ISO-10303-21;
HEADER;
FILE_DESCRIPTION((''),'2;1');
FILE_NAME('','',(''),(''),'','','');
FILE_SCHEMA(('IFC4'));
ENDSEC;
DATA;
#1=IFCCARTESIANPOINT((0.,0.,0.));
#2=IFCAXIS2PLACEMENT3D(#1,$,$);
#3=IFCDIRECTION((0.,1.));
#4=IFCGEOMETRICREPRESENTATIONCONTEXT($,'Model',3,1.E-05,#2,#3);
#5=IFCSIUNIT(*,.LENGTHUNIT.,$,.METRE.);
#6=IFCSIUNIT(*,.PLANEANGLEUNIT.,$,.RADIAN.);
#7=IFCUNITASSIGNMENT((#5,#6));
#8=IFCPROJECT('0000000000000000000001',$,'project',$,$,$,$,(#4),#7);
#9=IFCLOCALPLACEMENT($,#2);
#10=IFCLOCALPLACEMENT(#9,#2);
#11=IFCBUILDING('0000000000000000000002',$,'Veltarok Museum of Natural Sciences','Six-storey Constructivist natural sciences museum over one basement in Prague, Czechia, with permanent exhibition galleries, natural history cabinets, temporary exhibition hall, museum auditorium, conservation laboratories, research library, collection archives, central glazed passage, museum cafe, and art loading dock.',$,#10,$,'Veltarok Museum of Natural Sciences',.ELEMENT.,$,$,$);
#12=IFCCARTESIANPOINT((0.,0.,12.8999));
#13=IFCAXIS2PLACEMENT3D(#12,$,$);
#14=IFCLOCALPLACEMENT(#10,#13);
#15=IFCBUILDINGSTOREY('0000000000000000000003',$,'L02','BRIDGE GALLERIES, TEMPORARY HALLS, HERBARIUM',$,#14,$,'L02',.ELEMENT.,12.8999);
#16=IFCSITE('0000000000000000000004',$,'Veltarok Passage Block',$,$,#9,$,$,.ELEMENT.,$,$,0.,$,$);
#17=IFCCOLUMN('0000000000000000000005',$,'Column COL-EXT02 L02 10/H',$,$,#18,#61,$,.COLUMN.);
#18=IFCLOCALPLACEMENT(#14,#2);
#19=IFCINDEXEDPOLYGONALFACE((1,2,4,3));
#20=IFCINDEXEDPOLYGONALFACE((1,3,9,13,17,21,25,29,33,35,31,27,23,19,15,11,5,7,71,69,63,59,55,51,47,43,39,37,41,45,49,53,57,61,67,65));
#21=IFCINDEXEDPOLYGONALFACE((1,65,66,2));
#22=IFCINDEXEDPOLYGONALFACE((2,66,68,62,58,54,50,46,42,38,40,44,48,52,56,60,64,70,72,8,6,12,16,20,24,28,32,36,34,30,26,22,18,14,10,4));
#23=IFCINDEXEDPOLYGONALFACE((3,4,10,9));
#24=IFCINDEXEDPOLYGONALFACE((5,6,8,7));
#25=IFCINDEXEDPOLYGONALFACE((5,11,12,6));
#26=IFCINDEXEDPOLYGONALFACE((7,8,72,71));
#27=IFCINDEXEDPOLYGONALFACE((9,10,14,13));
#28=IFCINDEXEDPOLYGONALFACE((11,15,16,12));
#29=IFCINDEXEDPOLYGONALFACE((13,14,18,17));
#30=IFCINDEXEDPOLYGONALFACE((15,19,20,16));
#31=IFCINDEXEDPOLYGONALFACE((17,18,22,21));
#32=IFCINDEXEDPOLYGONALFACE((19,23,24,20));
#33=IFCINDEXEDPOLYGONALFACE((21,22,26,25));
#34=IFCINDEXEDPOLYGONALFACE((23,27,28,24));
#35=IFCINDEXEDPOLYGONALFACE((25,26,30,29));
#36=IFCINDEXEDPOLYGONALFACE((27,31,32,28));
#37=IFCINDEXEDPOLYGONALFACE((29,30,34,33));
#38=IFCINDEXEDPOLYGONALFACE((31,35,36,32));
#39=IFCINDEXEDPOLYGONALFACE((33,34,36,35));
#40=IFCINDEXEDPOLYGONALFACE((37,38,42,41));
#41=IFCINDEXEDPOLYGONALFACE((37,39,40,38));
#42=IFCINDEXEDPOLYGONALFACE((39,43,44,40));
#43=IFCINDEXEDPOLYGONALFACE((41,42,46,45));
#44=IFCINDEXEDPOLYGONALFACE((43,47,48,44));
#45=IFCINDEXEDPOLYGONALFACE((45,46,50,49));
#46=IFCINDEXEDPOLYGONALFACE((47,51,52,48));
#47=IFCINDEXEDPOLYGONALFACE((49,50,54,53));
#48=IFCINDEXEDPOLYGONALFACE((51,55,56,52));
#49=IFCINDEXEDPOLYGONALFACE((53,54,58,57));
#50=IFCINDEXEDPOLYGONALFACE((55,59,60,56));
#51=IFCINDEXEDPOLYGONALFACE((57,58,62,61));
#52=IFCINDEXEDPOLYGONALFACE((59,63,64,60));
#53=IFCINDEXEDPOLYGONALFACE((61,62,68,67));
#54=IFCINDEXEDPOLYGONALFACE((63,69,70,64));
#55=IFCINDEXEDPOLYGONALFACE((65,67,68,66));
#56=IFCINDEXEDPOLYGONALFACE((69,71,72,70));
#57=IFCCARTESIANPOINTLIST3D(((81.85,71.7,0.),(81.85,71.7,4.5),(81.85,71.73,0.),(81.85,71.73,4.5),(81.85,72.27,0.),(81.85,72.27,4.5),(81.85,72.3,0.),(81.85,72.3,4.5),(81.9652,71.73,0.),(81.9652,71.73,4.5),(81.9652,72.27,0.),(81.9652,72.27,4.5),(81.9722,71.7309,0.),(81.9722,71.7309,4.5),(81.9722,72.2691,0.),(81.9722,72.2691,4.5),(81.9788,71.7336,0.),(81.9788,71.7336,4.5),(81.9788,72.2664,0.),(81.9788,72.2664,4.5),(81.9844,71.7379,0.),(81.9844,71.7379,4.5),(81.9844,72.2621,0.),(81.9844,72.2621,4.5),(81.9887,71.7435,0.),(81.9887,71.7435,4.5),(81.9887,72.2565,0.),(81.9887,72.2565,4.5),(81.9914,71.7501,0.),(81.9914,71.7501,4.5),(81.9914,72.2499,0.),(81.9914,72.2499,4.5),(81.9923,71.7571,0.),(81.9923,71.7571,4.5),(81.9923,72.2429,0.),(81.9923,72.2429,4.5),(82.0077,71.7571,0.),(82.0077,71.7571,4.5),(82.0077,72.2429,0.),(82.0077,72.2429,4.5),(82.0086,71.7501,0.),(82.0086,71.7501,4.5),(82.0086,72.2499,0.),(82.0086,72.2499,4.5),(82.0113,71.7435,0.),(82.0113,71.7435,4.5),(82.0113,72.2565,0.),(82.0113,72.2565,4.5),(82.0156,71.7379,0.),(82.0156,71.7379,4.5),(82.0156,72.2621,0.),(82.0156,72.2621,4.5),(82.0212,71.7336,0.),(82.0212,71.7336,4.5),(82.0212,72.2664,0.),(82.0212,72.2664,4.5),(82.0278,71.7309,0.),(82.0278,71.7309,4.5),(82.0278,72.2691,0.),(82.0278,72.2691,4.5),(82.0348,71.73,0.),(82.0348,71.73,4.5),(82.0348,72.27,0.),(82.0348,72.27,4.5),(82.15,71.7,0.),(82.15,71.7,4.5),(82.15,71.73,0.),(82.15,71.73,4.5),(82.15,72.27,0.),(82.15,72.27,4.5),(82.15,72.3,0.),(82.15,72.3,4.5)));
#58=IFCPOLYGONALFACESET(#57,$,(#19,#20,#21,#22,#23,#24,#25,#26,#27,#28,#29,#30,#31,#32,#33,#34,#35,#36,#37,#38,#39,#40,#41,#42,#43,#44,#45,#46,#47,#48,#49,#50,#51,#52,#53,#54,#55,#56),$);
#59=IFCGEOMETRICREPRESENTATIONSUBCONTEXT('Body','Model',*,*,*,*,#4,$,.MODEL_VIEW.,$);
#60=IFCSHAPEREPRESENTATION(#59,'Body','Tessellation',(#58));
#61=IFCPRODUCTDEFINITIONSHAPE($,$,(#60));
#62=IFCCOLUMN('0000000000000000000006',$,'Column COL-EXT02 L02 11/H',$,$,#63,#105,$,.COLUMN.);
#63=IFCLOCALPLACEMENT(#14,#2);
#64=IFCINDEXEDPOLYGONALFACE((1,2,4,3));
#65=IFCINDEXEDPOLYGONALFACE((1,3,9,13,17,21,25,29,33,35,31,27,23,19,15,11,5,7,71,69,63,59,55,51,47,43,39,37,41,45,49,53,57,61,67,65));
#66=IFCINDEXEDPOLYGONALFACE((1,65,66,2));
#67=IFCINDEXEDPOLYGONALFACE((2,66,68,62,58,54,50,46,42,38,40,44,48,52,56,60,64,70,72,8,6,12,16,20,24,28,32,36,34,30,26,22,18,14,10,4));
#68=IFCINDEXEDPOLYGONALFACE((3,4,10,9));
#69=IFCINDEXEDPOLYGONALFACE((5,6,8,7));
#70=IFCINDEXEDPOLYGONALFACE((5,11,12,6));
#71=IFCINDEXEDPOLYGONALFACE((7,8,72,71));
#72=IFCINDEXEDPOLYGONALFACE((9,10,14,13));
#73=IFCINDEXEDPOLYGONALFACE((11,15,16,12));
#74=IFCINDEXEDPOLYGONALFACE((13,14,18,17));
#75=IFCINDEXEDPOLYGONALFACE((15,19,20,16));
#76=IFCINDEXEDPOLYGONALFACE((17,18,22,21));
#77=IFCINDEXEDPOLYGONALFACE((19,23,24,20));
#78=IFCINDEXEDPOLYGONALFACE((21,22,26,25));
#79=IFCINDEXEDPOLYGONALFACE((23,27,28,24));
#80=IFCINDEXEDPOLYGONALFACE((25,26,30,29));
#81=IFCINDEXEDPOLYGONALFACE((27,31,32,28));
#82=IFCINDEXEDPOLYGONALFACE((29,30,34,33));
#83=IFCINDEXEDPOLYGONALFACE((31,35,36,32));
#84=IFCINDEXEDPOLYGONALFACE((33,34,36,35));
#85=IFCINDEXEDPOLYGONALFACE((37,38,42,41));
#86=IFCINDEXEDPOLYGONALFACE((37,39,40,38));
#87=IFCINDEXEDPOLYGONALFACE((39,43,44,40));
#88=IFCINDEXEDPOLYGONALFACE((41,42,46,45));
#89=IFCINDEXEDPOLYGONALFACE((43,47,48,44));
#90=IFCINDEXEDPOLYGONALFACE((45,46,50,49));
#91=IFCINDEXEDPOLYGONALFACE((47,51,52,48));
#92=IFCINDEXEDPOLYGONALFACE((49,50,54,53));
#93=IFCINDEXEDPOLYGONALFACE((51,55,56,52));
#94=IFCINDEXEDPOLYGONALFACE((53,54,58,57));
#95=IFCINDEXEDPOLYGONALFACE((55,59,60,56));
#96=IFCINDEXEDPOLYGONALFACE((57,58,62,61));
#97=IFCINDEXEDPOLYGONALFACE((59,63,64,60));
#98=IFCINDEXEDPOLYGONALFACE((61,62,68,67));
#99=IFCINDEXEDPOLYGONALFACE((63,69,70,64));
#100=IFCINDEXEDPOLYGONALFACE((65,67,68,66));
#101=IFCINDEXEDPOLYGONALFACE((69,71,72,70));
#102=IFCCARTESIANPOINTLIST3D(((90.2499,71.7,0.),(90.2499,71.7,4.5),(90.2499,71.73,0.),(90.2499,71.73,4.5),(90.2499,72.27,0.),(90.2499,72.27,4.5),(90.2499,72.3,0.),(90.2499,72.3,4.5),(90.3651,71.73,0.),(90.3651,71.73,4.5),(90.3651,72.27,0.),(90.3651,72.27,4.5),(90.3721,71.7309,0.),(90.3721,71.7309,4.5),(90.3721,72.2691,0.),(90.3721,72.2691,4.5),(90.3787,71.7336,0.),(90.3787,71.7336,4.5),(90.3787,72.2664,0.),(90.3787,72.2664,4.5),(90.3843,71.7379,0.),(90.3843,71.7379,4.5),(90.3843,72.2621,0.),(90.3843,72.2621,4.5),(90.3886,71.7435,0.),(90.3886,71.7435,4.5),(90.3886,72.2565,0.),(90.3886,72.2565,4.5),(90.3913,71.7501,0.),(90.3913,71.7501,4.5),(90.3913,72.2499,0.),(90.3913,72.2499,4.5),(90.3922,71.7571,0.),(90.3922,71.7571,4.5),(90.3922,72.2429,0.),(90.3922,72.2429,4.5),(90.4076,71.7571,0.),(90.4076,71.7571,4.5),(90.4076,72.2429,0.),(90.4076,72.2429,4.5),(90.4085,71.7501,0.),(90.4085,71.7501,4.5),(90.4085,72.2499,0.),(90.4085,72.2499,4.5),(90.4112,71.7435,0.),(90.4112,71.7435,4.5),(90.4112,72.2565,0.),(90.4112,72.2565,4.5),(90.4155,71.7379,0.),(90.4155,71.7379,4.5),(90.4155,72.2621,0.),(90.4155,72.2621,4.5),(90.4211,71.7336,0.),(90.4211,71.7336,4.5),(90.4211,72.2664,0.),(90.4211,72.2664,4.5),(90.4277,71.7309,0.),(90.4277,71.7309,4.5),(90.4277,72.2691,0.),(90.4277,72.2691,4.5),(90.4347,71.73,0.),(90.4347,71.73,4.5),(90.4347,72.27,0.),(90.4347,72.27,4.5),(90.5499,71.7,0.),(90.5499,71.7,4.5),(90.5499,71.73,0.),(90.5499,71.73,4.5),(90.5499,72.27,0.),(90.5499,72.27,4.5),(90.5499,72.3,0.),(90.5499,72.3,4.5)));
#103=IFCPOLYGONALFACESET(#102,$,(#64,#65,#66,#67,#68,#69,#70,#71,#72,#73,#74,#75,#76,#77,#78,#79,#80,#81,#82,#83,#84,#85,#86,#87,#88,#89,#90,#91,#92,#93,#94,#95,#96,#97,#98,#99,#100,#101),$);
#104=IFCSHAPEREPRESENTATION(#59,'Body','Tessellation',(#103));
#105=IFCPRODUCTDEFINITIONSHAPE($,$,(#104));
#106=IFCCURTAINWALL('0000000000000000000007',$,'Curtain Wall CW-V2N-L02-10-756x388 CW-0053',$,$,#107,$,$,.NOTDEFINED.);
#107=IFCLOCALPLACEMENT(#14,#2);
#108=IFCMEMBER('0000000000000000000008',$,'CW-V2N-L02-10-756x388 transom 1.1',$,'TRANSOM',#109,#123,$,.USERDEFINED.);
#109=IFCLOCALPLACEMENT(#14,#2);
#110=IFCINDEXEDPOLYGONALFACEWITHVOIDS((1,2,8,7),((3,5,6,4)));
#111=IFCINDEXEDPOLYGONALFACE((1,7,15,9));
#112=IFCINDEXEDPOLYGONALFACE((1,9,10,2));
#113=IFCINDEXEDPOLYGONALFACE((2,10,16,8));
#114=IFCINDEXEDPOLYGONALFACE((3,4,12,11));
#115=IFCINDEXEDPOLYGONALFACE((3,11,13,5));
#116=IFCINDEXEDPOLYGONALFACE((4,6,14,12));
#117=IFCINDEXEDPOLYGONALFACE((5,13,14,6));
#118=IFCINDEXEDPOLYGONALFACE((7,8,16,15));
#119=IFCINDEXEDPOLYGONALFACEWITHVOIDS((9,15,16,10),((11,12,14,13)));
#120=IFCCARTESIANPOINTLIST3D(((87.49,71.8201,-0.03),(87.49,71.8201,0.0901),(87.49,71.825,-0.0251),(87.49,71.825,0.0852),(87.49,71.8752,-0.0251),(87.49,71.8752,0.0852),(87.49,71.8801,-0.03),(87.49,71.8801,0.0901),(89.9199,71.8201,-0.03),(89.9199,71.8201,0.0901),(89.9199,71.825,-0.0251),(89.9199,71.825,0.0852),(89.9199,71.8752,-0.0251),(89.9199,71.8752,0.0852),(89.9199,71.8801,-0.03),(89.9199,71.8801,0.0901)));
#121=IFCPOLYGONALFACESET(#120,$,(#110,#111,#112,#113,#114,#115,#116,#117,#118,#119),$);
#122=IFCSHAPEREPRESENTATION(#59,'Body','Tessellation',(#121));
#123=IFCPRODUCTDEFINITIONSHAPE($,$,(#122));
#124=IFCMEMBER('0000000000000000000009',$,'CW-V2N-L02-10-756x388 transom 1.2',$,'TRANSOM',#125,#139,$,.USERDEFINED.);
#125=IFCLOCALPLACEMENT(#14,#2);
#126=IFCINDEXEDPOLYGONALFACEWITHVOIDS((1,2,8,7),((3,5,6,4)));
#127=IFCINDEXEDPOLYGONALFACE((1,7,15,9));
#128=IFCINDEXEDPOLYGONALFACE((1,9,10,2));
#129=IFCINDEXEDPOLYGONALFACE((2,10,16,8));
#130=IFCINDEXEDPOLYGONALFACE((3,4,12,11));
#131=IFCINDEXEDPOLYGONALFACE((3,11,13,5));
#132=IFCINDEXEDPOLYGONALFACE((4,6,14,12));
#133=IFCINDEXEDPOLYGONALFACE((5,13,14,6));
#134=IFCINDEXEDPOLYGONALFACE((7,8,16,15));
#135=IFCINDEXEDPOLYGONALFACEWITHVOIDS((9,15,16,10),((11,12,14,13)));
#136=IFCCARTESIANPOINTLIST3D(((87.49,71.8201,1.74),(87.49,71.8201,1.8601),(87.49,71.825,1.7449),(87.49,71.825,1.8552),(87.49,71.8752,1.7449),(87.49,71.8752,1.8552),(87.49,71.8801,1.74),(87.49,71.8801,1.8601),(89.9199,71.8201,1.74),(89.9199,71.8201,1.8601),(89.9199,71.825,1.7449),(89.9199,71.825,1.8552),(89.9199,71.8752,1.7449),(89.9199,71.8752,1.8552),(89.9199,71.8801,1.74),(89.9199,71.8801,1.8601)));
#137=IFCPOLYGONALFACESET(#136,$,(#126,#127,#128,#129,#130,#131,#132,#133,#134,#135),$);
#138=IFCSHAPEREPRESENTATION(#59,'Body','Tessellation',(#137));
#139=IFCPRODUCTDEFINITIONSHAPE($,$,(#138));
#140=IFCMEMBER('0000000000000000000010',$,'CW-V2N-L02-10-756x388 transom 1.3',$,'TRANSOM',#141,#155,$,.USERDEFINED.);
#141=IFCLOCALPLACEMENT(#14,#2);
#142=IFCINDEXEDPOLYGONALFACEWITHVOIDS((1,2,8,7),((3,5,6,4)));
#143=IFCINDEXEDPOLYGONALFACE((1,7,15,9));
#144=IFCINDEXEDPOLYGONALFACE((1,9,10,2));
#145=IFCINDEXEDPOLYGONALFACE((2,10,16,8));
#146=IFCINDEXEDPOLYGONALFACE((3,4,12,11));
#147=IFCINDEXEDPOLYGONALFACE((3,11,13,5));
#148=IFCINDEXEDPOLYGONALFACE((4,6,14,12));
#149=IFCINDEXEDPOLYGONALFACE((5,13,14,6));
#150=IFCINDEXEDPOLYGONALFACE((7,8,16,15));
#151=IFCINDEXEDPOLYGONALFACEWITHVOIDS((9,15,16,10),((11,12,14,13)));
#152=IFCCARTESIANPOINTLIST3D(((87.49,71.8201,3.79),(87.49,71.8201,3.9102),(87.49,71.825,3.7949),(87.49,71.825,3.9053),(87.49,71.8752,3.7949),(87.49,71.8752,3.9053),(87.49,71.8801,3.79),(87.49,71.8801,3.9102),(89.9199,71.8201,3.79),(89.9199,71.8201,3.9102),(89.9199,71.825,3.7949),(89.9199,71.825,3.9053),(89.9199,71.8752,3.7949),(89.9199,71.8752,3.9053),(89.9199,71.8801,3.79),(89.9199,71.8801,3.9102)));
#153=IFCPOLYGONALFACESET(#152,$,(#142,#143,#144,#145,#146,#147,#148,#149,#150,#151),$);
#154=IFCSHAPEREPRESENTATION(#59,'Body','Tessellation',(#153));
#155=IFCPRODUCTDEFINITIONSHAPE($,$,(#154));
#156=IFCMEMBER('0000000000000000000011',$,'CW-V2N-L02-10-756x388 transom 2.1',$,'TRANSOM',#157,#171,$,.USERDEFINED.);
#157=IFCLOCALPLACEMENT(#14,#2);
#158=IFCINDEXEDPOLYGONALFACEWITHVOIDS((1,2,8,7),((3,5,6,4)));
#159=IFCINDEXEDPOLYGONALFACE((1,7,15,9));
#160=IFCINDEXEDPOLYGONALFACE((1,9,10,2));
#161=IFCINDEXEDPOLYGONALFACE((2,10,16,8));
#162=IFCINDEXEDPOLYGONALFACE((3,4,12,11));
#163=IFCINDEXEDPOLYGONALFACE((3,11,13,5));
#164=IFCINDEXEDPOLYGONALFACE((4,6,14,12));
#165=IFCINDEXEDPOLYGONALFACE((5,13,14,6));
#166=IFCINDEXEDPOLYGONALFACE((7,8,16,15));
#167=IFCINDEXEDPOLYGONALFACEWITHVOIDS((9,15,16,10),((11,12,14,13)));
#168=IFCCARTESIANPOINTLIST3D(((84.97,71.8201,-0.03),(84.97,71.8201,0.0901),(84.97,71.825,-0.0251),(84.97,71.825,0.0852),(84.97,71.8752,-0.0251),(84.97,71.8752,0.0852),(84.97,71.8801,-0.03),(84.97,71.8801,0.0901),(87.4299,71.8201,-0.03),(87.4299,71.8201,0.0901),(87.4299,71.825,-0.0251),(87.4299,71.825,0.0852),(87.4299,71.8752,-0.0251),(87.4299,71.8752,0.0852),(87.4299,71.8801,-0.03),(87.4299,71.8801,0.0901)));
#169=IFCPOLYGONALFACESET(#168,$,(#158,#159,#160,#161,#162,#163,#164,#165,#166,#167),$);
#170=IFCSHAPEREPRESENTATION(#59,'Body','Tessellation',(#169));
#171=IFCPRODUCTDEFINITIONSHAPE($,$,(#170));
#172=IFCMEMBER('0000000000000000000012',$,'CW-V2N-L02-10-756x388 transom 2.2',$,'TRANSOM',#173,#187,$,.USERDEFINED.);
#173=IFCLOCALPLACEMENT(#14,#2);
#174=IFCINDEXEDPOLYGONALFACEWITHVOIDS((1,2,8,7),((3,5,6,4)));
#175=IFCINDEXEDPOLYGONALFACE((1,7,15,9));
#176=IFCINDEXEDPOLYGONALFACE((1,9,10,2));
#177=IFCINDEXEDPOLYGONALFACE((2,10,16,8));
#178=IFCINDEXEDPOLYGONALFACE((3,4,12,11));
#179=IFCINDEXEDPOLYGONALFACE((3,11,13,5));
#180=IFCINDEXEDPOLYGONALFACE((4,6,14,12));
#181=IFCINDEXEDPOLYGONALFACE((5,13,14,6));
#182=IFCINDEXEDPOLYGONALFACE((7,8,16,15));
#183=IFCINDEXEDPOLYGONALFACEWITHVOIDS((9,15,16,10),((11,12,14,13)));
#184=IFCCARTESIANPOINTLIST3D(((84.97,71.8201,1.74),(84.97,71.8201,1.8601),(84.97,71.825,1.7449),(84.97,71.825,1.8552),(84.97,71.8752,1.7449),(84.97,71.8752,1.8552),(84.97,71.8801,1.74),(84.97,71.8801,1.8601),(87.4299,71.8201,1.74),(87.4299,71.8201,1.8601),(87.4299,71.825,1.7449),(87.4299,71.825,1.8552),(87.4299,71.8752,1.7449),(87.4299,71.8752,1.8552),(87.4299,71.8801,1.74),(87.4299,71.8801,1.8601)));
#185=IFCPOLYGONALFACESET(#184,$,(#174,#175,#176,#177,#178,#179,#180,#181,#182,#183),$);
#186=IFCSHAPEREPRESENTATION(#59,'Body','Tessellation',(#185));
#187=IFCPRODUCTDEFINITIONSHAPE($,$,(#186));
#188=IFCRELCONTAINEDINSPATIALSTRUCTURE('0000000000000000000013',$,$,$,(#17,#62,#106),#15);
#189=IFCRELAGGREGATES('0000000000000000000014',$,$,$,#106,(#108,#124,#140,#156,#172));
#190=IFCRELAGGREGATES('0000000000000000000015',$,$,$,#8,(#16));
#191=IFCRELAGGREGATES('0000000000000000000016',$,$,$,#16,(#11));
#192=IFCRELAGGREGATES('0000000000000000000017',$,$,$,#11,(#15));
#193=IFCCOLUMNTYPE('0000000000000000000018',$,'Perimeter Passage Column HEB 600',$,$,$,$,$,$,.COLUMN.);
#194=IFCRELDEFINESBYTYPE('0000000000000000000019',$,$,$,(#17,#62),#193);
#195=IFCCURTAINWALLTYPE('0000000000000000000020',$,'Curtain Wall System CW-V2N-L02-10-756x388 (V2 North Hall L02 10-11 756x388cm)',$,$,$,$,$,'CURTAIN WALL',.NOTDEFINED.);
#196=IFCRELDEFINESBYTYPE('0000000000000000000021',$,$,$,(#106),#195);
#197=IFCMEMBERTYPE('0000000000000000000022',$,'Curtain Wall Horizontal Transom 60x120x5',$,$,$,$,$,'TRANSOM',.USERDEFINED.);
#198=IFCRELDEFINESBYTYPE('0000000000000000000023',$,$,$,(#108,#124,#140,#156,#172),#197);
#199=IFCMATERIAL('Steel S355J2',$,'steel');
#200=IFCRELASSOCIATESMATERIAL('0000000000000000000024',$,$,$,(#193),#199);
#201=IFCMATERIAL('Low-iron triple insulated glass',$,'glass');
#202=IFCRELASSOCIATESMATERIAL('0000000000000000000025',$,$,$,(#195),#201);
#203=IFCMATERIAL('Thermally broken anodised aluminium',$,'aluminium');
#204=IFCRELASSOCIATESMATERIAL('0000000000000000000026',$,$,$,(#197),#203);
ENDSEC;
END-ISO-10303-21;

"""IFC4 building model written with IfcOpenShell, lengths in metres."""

from ifc_helpers import new_model, si_unit, direction, frame, origin, origin_2d, place, context, subcontext, project, spatial, hollow_rectangle, i_section, extrude, material, material_profile, profile_set, type_object, element, aggregate, save


model = new_model("IFC4")

# Units and contexts
model_context = context("Model", 3, precision=1e-05, world=origin(), true_north=direction((0.0, 1.0)))
body_context = subcontext(model_context, "Body", "Model", "MODEL_VIEW")
ifc_project = project(units=[si_unit("LENGTHUNIT", "METRE"), si_unit("PLANEANGLEUNIT", "RADIAN")], contexts=[model_context])

# Site, building, storey
site_placement = place(None, origin())
site = spatial("IfcSite", under=ifc_project, at=site_placement, Name="Veltarok Passage Block", CompositionType="ELEMENT", RefElevation=0.0)
building_placement = place(site_placement, origin())
building = spatial("IfcBuilding", under=site, at=building_placement, Name="Veltarok Museum of Natural Sciences", Description="Six-storey Constructivist natural sciences museum over one basement in Prague, Czechia, with permanent exhibition galleries, natural history cabinets, temporary exhibition hall, museum auditorium, conservation laboratories, research library, collection archives, central glazed passage, museum cafe, and art loading dock.", LongName="Veltarok Museum of Natural Sciences", CompositionType="ELEMENT")
storey_placement = place(building_placement, frame((0.0, 0.0, 12.8999)))
storey = spatial("IfcBuildingStorey", under=building, at=storey_placement, Name="L02", Description="BRIDGE GALLERIES, TEMPORARY HALLS, HERBARIUM", LongName="L02", CompositionType="ELEMENT", Elevation=12.8999)

# Columns
ifc_material_1 = material(Name="Steel S355J2", Category="steel")
ifc_material_profile_1 = material_profile(ifc_material_1, i_section(OverallWidth=0.3, OverallDepth=0.6001, WebThickness=0.0154, FlangeThickness=0.03, FilletRadius=0.0271, at=origin_2d()), Name="HEB 600")
ifc_profile_set_1 = profile_set([ifc_material_profile_1], Name="Steel S355J2")
column_type = type_object("IfcColumnType", Name="Perimeter Passage Column HEB 600", PredefinedType="COLUMN", material=ifc_profile_set_1)
for number, where, z_axis, x_axis, name in (
    (1, (82.0, 72.0, 0.0), (0.0, 0.0, 1.0), (1.0, 0.0, 0.0), "Column COL-EXT02 L02 10/H"),
    (2, (90.3999, 72.0, 0.0), (0.0, 0.0, 1.0), (1.0, 0.0, 0.0), "Column COL-EXT02 L02 11/H"),
):
    element("IfcColumn", number, at=place(storey_placement, frame(where, z_axis=z_axis, x_axis=x_axis)), inside=storey, type_object=column_type, Name=name, PredefinedType="COLUMN", context=body_context, shape_type="SweptSolid", body=[
        extrude(i_section(OverallWidth=0.3, OverallDepth=0.6001, WebThickness=0.0154, FlangeThickness=0.03, FilletRadius=0.0271, at=origin_2d()), origin(), (0.0, 0.0, 1.0), 4.5),
    ])

# Curtain wall, members
ifc_material_2 = material(Name="Low-iron triple insulated glass", Category="glass")
curtain_wall_type_1 = type_object("IfcCurtainWallType", Name="Curtain Wall System CW-V2N-L02-10-756x388 (V2 North Hall L02 10-11 756x388cm)", ElementType="CURTAIN WALL", PredefinedType="NOTDEFINED", material=ifc_material_2)
curtain_wall_1_placement = place(storey_placement, origin())
curtain_wall_1 = element("IfcCurtainWall", 3, at=curtain_wall_1_placement, inside=storey, type_object=curtain_wall_type_1, Name="Curtain Wall CW-V2N-L02-10-756x388 CW-0053", PredefinedType="NOTDEFINED")
ifc_material_3 = material(Name="Thermally broken anodised aluminium", Category="aluminium")
ifc_material_profile_2 = material_profile(ifc_material_3, hollow_rectangle(XDim=0.0601, YDim=0.1201, WallThickness=0.0049, at=origin_2d()), Name="CW TRANSOM 60x120x5")
ifc_profile_set_2 = profile_set([ifc_material_profile_2], Name="Thermally broken anodised aluminium")
member_type_1 = type_object("IfcMemberType", Name="Curtain Wall Horizontal Transom 60x120x5", ElementType="TRANSOM", PredefinedType="USERDEFINED", material=ifc_profile_set_2)
member_1_placement = place(storey_placement, frame((89.9199, 71.8501, 0.03), z_axis=(-1.0, 0.0, 0.0), x_axis=(0.0, -1.0, 0.0)))
member_1 = element("IfcMember", 4, at=member_1_placement, type_object=member_type_1, Name="CW-V2N-L02-10-756x388 transom 1.1", ObjectType="TRANSOM", PredefinedType="USERDEFINED", context=body_context, shape_type="SweptSolid", body=[
    extrude(hollow_rectangle(XDim=0.0601, YDim=0.1201, WallThickness=0.0049, at=origin_2d()), origin(), (0.0, 0.0, 1.0), 2.4299),
])
member_2_placement = place(storey_placement, frame((89.9199, 71.8501, 1.8), z_axis=(-1.0, 0.0, 0.0), x_axis=(0.0, -1.0, 0.0)))
member_2 = element("IfcMember", 5, at=member_2_placement, type_object=member_type_1, Name="CW-V2N-L02-10-756x388 transom 1.2", ObjectType="TRANSOM", PredefinedType="USERDEFINED", context=body_context, shape_type="SweptSolid", body=[
    extrude(hollow_rectangle(XDim=0.0601, YDim=0.1201, WallThickness=0.0049, at=origin_2d()), origin(), (0.0, 0.0, 1.0), 2.4299),
])
member_3_placement = place(storey_placement, frame((89.9199, 71.8501, 3.8501), z_axis=(-1.0, 0.0, 0.0), x_axis=(0.0, -1.0, 0.0)))
member_3 = element("IfcMember", 6, at=member_3_placement, type_object=member_type_1, Name="CW-V2N-L02-10-756x388 transom 1.3", ObjectType="TRANSOM", PredefinedType="USERDEFINED", context=body_context, shape_type="SweptSolid", body=[
    extrude(hollow_rectangle(XDim=0.0601, YDim=0.1201, WallThickness=0.0049, at=origin_2d()), origin(), (0.0, 0.0, 1.0), 2.4299),
])
member_4_placement = place(storey_placement, frame((87.4299, 71.8501, 0.03), z_axis=(-1.0, 0.0, 0.0), x_axis=(0.0, -1.0, 0.0)))
member_4 = element("IfcMember", 7, at=member_4_placement, type_object=member_type_1, Name="CW-V2N-L02-10-756x388 transom 2.1", ObjectType="TRANSOM", PredefinedType="USERDEFINED", context=body_context, shape_type="SweptSolid", body=[
    extrude(hollow_rectangle(XDim=0.0601, YDim=0.1201, WallThickness=0.0049, at=origin_2d()), origin(), (0.0, 0.0, 1.0), 2.46),
])
member_5_placement = place(storey_placement, frame((87.4299, 71.8501, 1.8), z_axis=(-1.0, 0.0, 0.0), x_axis=(0.0, -1.0, 0.0)))
member_5 = element("IfcMember", 8, at=member_5_placement, type_object=member_type_1, Name="CW-V2N-L02-10-756x388 transom 2.2", ObjectType="TRANSOM", PredefinedType="USERDEFINED", context=body_context, shape_type="SweptSolid", body=[
    extrude(hollow_rectangle(XDim=0.0601, YDim=0.1201, WallThickness=0.0049, at=origin_2d()), origin(), (0.0, 0.0, 1.0), 2.46),
])

aggregate(curtain_wall_1, [member_1, member_2, member_3, member_4, member_5])

save(model, "model.ifc")
